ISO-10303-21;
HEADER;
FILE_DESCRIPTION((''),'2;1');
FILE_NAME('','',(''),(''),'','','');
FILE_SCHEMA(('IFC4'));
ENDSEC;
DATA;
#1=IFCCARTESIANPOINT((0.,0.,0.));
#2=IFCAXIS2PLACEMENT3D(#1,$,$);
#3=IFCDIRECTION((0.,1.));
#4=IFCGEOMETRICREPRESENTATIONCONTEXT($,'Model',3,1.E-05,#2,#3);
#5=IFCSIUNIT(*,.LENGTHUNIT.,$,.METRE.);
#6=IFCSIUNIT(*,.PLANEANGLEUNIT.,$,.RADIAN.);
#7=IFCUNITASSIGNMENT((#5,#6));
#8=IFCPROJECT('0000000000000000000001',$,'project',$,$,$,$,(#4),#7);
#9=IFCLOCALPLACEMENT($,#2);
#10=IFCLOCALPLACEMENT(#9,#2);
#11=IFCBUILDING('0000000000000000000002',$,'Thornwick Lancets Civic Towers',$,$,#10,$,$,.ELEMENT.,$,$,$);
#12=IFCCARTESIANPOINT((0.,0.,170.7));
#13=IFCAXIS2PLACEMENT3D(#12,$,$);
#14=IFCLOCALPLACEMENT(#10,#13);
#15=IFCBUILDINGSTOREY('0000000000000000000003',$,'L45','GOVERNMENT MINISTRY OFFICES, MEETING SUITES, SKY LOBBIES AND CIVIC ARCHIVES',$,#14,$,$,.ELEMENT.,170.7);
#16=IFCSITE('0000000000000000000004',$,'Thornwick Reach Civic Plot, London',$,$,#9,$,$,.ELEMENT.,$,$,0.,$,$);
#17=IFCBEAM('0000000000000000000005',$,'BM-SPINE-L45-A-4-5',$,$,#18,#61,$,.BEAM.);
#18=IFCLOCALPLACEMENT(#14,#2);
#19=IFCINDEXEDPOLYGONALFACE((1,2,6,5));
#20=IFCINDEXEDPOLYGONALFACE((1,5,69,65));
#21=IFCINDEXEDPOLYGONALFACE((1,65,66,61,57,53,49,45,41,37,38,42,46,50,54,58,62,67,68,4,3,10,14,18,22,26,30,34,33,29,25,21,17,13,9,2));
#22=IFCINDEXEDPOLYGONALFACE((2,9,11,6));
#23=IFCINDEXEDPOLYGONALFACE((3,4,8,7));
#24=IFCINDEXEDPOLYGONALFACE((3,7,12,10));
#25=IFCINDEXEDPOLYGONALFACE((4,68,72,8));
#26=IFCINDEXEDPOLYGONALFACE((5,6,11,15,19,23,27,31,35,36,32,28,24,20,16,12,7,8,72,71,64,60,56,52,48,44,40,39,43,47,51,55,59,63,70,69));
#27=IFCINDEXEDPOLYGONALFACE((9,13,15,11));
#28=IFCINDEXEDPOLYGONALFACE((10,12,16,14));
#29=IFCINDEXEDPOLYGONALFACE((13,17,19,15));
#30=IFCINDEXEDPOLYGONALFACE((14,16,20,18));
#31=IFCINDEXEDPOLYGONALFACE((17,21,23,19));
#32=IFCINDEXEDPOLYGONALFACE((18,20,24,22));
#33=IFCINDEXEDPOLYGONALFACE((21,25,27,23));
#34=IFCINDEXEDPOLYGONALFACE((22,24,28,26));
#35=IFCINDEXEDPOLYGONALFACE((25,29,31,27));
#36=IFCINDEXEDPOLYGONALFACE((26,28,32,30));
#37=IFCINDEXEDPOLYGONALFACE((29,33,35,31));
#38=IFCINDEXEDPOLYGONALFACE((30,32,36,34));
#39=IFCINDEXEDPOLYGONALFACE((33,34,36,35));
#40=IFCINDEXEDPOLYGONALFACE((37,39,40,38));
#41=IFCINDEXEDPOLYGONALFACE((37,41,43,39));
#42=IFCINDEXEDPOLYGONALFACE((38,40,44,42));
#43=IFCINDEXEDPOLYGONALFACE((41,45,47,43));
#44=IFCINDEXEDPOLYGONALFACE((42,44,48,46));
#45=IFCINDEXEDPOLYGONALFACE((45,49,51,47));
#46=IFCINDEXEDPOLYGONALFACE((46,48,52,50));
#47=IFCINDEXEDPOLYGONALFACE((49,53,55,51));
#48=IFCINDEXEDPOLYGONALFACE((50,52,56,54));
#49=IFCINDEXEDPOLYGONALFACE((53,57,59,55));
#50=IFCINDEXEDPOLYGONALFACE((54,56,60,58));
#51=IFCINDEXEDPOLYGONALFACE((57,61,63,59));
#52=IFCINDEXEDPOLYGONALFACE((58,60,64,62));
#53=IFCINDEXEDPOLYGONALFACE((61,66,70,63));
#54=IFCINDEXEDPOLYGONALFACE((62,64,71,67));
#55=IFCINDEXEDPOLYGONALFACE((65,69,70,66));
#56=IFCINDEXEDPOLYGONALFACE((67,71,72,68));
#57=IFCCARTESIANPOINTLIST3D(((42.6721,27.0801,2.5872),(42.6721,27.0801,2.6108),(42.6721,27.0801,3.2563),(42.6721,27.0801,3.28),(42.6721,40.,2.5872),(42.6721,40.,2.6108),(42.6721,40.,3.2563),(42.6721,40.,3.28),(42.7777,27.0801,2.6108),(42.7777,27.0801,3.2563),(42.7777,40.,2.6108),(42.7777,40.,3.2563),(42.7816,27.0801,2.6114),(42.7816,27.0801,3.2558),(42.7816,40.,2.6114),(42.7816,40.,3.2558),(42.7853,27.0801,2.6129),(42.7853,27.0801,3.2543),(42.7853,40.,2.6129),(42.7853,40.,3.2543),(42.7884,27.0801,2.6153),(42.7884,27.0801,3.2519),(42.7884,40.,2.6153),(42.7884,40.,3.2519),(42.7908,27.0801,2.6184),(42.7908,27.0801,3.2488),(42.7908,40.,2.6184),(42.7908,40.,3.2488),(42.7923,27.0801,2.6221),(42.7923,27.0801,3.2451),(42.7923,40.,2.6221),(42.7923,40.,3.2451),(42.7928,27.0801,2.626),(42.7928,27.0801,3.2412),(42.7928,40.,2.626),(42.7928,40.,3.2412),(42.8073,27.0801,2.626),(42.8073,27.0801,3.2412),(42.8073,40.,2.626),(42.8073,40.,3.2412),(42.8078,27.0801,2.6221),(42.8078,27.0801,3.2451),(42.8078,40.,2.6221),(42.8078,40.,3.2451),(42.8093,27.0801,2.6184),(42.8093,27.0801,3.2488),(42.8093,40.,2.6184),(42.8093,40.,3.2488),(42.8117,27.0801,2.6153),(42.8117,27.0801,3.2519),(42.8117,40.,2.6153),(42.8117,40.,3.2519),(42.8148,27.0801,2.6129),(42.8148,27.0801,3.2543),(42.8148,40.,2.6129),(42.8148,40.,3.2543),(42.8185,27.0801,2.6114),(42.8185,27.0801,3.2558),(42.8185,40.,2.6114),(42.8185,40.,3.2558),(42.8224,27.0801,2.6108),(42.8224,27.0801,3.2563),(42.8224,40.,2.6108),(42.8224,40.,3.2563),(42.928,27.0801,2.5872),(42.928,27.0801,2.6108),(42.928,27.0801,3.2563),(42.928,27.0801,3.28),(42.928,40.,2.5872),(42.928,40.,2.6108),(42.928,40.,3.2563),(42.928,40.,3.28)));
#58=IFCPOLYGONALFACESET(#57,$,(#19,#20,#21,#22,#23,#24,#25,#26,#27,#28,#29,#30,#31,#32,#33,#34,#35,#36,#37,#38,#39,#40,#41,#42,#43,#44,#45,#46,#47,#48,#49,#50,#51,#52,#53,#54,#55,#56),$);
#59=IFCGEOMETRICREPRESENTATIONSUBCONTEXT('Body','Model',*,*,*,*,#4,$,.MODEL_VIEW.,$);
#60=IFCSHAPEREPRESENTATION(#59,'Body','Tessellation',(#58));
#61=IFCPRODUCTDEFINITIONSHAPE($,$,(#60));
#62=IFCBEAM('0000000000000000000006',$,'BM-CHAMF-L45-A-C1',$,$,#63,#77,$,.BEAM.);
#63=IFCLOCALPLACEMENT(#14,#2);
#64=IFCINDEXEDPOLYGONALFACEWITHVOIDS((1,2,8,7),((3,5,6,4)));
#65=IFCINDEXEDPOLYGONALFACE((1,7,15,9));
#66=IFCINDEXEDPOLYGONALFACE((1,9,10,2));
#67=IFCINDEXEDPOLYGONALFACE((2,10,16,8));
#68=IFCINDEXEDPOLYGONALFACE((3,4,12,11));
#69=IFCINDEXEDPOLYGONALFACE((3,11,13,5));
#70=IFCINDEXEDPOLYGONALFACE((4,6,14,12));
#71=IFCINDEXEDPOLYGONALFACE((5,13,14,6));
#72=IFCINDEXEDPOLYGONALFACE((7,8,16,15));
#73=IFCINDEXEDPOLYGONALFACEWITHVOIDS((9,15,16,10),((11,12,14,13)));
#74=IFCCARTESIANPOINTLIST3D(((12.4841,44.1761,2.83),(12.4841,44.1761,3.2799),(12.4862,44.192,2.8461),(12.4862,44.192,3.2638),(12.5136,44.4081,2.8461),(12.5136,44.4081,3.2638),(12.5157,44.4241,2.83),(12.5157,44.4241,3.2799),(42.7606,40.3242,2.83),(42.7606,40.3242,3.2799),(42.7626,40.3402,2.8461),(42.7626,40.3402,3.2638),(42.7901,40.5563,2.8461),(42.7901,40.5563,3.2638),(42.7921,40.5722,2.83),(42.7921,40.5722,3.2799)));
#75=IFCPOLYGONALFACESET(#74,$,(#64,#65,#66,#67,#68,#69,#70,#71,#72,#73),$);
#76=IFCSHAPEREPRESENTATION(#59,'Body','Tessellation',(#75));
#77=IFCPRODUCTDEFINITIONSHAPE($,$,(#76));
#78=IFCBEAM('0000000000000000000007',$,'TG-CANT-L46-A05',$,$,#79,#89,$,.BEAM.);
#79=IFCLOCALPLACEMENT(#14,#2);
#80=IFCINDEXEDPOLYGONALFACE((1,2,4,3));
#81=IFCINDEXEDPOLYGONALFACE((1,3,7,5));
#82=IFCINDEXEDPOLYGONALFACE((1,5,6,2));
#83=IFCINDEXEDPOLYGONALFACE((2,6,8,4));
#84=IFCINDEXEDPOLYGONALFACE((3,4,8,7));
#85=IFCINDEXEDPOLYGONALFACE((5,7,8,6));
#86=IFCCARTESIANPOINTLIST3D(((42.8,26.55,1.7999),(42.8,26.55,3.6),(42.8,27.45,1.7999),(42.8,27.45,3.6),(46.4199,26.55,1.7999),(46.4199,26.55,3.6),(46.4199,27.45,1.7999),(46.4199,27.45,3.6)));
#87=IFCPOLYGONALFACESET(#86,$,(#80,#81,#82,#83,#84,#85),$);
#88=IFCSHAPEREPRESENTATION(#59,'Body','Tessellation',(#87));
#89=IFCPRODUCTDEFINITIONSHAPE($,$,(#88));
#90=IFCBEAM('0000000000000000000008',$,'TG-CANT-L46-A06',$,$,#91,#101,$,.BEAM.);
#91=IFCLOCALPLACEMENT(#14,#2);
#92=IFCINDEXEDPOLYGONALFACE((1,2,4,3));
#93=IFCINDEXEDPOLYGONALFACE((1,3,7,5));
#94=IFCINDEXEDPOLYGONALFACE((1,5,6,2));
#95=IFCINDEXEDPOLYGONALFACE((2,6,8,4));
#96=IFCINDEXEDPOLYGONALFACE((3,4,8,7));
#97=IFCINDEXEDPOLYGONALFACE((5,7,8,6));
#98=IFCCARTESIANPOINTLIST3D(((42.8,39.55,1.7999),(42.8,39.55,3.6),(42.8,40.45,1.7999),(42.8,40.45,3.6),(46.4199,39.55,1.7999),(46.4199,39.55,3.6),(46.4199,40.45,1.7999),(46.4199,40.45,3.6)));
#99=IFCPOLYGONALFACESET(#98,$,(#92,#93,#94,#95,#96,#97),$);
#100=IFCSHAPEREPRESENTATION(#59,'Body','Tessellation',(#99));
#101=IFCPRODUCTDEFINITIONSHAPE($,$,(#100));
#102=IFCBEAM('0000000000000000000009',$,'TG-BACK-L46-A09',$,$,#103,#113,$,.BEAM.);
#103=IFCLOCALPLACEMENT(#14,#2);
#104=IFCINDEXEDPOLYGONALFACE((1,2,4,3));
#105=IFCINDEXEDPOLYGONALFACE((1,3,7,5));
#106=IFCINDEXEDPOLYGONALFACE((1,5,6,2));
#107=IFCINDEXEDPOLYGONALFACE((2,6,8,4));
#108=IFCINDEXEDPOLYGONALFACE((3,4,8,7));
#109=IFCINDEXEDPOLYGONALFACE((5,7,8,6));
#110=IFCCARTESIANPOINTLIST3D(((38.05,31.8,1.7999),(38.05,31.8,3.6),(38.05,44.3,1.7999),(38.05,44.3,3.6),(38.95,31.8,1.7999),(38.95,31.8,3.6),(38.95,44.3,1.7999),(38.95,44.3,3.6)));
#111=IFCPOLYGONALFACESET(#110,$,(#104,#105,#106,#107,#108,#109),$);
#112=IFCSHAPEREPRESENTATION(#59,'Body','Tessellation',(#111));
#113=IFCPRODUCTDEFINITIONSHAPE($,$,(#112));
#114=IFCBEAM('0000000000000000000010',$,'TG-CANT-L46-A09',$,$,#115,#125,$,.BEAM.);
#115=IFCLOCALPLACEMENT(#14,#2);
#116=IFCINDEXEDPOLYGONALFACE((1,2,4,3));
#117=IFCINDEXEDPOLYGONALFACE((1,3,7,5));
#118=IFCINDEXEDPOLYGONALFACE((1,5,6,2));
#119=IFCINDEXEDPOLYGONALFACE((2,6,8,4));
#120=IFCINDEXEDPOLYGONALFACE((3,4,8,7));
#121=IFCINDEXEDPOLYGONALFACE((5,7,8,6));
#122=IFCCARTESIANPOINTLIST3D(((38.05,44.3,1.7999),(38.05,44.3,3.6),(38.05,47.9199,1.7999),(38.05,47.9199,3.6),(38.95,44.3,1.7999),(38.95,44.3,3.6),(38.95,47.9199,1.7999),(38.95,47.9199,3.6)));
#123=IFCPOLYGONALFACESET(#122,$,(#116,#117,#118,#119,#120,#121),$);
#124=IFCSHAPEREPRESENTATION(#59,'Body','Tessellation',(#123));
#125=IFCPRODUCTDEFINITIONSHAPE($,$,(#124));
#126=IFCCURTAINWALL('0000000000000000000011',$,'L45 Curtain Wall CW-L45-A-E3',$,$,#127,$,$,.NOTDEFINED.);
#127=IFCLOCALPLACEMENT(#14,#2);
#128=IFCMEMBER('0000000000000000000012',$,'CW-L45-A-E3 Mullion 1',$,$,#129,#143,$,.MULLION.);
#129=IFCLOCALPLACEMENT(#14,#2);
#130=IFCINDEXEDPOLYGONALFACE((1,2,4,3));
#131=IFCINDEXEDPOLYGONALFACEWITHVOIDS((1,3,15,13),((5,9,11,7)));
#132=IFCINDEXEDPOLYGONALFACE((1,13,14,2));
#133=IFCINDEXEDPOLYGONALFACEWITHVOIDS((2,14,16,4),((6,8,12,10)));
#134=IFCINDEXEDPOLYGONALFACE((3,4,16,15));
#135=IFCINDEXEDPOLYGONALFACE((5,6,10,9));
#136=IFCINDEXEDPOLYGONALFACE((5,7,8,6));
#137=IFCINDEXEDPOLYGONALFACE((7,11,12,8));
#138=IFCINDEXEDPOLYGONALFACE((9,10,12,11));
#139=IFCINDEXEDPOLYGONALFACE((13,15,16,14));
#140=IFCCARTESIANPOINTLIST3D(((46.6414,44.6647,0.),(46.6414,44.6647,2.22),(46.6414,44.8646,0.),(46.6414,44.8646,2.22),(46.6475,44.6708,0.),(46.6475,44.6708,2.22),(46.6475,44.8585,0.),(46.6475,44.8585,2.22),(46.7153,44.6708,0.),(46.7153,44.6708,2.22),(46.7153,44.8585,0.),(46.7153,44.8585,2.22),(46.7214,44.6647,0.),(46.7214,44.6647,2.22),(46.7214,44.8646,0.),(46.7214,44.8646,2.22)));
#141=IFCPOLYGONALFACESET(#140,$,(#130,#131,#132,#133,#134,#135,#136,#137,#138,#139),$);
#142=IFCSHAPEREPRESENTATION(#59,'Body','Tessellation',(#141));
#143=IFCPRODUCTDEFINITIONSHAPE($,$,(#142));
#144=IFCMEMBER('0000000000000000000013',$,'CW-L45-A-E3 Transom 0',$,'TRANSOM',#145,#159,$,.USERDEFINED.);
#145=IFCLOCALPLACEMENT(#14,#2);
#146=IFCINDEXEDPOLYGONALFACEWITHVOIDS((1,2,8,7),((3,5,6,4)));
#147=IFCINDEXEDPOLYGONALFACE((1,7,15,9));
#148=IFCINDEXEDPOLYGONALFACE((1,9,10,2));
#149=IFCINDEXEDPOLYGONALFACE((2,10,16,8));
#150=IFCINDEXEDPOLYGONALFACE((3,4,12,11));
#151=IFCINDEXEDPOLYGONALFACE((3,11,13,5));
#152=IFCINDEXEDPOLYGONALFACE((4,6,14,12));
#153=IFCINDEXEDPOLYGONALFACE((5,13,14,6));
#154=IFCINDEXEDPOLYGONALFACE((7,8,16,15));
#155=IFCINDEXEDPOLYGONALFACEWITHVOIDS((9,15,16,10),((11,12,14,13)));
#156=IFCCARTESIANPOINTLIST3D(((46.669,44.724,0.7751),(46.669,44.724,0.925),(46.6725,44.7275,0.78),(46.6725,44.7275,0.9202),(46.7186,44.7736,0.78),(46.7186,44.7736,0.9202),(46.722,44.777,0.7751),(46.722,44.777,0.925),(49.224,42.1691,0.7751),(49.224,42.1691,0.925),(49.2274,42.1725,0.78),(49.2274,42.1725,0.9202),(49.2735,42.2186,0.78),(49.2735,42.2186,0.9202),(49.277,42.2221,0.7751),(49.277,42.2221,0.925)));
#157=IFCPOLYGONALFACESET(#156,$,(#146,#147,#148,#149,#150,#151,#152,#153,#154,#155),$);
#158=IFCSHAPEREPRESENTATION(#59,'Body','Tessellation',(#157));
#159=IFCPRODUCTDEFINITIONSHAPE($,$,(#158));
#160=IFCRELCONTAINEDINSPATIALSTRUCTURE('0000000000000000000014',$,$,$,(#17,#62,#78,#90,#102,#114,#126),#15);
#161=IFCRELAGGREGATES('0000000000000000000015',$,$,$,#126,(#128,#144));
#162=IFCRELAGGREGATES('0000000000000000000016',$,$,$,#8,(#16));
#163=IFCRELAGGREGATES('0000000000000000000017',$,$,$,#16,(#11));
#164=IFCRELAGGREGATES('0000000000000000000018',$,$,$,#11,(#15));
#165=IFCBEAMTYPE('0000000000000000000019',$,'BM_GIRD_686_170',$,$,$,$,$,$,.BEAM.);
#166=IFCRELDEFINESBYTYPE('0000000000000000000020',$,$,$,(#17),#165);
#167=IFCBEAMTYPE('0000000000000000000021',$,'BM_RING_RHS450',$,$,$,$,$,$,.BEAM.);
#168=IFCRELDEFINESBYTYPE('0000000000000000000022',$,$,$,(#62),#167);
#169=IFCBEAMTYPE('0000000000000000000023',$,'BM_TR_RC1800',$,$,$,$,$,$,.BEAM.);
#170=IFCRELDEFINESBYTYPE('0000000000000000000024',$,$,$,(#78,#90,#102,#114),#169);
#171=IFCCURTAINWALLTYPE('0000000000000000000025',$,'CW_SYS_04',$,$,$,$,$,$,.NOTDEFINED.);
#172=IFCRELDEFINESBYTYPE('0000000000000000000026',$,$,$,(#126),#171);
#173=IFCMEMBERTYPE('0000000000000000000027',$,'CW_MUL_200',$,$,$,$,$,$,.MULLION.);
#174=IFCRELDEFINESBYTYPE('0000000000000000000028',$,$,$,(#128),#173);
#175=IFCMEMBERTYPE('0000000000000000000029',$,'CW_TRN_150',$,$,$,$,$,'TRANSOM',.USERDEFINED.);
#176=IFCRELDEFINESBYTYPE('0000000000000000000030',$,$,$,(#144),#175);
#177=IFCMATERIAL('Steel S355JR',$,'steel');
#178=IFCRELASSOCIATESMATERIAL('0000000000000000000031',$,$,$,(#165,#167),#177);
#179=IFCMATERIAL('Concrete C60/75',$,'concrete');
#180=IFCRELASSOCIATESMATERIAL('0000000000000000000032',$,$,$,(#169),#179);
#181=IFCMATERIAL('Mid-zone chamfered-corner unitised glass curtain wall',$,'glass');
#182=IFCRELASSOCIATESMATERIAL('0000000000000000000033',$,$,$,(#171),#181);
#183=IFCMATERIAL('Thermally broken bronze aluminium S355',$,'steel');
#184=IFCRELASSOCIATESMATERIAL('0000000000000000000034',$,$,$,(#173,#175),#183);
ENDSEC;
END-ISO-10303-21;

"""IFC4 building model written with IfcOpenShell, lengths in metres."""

from ifc_helpers import new_model, si_unit, direction, frame, origin, origin_2d, place, context, subcontext, project, spatial, rectangle, hollow_rectangle, i_section, extrude, material, material_profile, profile_set, type_object, element, aggregate, save


model = new_model("IFC4")

# Units and contexts
model_context = context("Model", 3, precision=1e-05, world=origin(), true_north=direction((0.0, 1.0)))
body_context = subcontext(model_context, "Body", "Model", "MODEL_VIEW")
ifc_project = project(units=[si_unit("LENGTHUNIT", "METRE"), si_unit("PLANEANGLEUNIT", "RADIAN")], contexts=[model_context])

# Site, building, storey
site_placement = place(None, origin())
site = spatial("IfcSite", under=ifc_project, at=site_placement, Name="Thornwick Reach Civic Plot, London", CompositionType="ELEMENT", RefElevation=0.0)
building_placement = place(site_placement, origin())
building = spatial("IfcBuilding", under=site, at=building_placement, Name="Thornwick Lancets Civic Towers", CompositionType="ELEMENT")
storey_placement = place(building_placement, frame((0.0, 0.0, 170.7)))
storey = spatial("IfcBuildingStorey", under=building, at=storey_placement, Name="L45", Description="GOVERNMENT MINISTRY OFFICES, MEETING SUITES, SKY LOBBIES AND CIVIC ARCHIVES", CompositionType="ELEMENT", Elevation=170.7)

# Beams
ifc_material_1 = material(Name="Steel S355JR", Category="steel")
ifc_material_profile_1 = material_profile(ifc_material_1, i_section(OverallWidth=0.2559, OverallDepth=0.6929, WebThickness=0.0144, FlangeThickness=0.0237, FilletRadius=0.0151, at=origin_2d()), Name="UKB 686x254x170")
ifc_profile_set_1 = profile_set([ifc_material_profile_1], Name="Steel S355JR")
beam_type_1 = type_object("IfcBeamType", Name="BM_GIRD_686_170", PredefinedType="BEAM", material=ifc_profile_set_1)
beam_1_placement = place(storey_placement, frame((42.8, 27.0801, 2.9336), z_axis=(0.0, 1.0, 0.0), x_axis=(-1.0, 0.0, 0.0)))
element("IfcBeam", 1, at=beam_1_placement, inside=storey, type_object=beam_type_1, Name="BM-SPINE-L45-A-4-5", PredefinedType="BEAM", context=body_context, shape_type="SweptSolid", body=[
    extrude(i_section(OverallWidth=0.2559, OverallDepth=0.6929, WebThickness=0.0144, FlangeThickness=0.0237, FilletRadius=0.0151, at=origin_2d()), origin(), (0.0, 0.0, 1.0), 12.9199),
])
ifc_material_profile_2 = material_profile(ifc_material_1, hollow_rectangle(XDim=0.25, YDim=0.45, WallThickness=0.0161, at=origin_2d()), Name="RHS 450x250x16")
ifc_profile_set_2 = profile_set([ifc_material_profile_2], Name="Steel S355JR")
beam_type_2 = type_object("IfcBeamType", Name="BM_RING_RHS450", PredefinedType="BEAM", material=ifc_profile_set_2)
beam_2_placement = place(storey_placement, frame((42.7764, 40.4482, 3.0549), z_axis=(-0.992004, 0.126204, 0.0), x_axis=(-0.126204, -0.992004, 0.0)))
element("IfcBeam", 2, at=beam_2_placement, inside=storey, type_object=beam_type_2, Name="BM-CHAMF-L45-A-C1", PredefinedType="BEAM", context=body_context, shape_type="SweptSolid", body=[
    extrude(hollow_rectangle(XDim=0.25, YDim=0.45, WallThickness=0.0161, at=origin_2d()), origin(), (0.0, 0.0, 1.0), 30.5205),
])
ifc_material_2 = material(Name="Concrete C60/75", Category="concrete")
ifc_material_profile_3 = material_profile(ifc_material_2, rectangle(XDim=0.8999, YDim=1.8, at=origin_2d()), Name="RC 900x1800")
ifc_profile_set_3 = profile_set([ifc_material_profile_3], Name="Concrete C60/75")
beam_type_3 = type_object("IfcBeamType", Name="BM_TR_RC1800", PredefinedType="BEAM", material=ifc_profile_set_3)
for number, where, z_axis, x_axis, name in (
    (3, (42.8, 27.0, 2.7), (1.0, 0.0, 0.0), (0.0, 1.0, 0.0), "TG-CANT-L46-A05"),
    (4, (42.8, 40.0, 2.7), (1.0, 0.0, 0.0), (0.0, 1.0, 0.0), "TG-CANT-L46-A06"),
):
    element("IfcBeam", number, at=place(storey_placement, frame(where, z_axis=z_axis, x_axis=x_axis)), inside=storey, type_object=beam_type_3, Name=name, PredefinedType="BEAM", context=body_context, shape_type="SweptSolid", body=[
        extrude(rectangle(XDim=0.8999, YDim=1.8, at=origin_2d()), origin(), (0.0, 0.0, 1.0), 3.6199),
    ])
beam_3_placement = place(storey_placement, frame((38.5, 31.8, 2.7), z_axis=(0.0, 1.0, 0.0), x_axis=(-1.0, 0.0, 0.0)))
element("IfcBeam", 5, at=beam_3_placement, inside=storey, type_object=beam_type_3, Name="TG-BACK-L46-A09", PredefinedType="BEAM", context=body_context, shape_type="SweptSolid", body=[
    extrude(rectangle(XDim=0.8999, YDim=1.8, at=origin_2d()), origin(), (0.0, 0.0, 1.0), 12.5),
])
beam_4_placement = place(storey_placement, frame((38.5, 44.3, 2.7), z_axis=(0.0, 1.0, 0.0), x_axis=(-1.0, 0.0, 0.0)))
element("IfcBeam", 6, at=beam_4_placement, inside=storey, type_object=beam_type_3, Name="TG-CANT-L46-A09", PredefinedType="BEAM", context=body_context, shape_type="SweptSolid", body=[
    extrude(rectangle(XDim=0.8999, YDim=1.8, at=origin_2d()), origin(), (0.0, 0.0, 1.0), 3.6199),
])

# Curtain wall, members
ifc_material_3 = material(Name="Mid-zone chamfered-corner unitised glass curtain wall", Category="glass")
curtain_wall_type = type_object("IfcCurtainWallType", Name="CW_SYS_04", PredefinedType="NOTDEFINED", material=ifc_material_3)
curtain_wall_placement = place(storey_placement, origin())
curtain_wall = element("IfcCurtainWall", 7, at=curtain_wall_placement, inside=storey, type_object=curtain_wall_type, Name="L45 Curtain Wall CW-L45-A-E3", PredefinedType="NOTDEFINED")
ifc_material_4 = material(Name="Thermally broken bronze aluminium S355", Category="steel")
ifc_material_profile_4 = material_profile(ifc_material_4, hollow_rectangle(XDim=0.0801, YDim=0.2, WallThickness=0.0061, at=origin_2d()), Name="RHS 200x80x6")
ifc_profile_set_4 = profile_set([ifc_material_profile_4], Name="Thermally broken bronze aluminium S355")
member_type_1 = type_object("IfcMemberType", Name="CW_MUL_200", PredefinedType="MULLION", material=ifc_profile_set_4)
member_1_placement = place(storey_placement, frame((46.6814, 44.7646, 0.0), z_axis=(0.0, 0.0, 1.0), x_axis=(1.0, 0.0, 0.0)))
member_1 = element("IfcMember", 8, at=member_1_placement, type_object=member_type_1, Name="CW-L45-A-E3 Mullion 1", PredefinedType="MULLION", context=body_context, shape_type="SweptSolid", body=[
    extrude(hollow_rectangle(XDim=0.0801, YDim=0.2, WallThickness=0.0061, at=origin_2d()), origin(), (0.0, 0.0, 1.0), 2.22),
])
ifc_material_profile_5 = material_profile(ifc_material_4, hollow_rectangle(XDim=0.075, YDim=0.1499, WallThickness=0.0049, at=origin_2d()), Name="RHS 150x75x5")
ifc_profile_set_5 = profile_set([ifc_material_profile_5], Name="Thermally broken bronze aluminium S355")
member_type_2 = type_object("IfcMemberType", Name="CW_TRN_150", ElementType="TRANSOM", PredefinedType="USERDEFINED", material=ifc_profile_set_5)
member_2_placement = place(storey_placement, frame((49.2505, 42.1956, 0.8501), z_axis=(-0.707107, 0.707107, 0.0), x_axis=(-0.707107, -0.707107, 0.0)))
member_2 = element("IfcMember", 9, at=member_2_placement, type_object=member_type_2, Name="CW-L45-A-E3 Transom 0", ObjectType="TRANSOM", PredefinedType="USERDEFINED", context=body_context, shape_type="SweptSolid", body=[
    extrude(hollow_rectangle(XDim=0.075, YDim=0.1499, WallThickness=0.0049, at=origin_2d()), origin(), (0.0, 0.0, 1.0), 3.6133),
])

aggregate(curtain_wall, [member_1, member_2])

save(model, "model.ifc")
